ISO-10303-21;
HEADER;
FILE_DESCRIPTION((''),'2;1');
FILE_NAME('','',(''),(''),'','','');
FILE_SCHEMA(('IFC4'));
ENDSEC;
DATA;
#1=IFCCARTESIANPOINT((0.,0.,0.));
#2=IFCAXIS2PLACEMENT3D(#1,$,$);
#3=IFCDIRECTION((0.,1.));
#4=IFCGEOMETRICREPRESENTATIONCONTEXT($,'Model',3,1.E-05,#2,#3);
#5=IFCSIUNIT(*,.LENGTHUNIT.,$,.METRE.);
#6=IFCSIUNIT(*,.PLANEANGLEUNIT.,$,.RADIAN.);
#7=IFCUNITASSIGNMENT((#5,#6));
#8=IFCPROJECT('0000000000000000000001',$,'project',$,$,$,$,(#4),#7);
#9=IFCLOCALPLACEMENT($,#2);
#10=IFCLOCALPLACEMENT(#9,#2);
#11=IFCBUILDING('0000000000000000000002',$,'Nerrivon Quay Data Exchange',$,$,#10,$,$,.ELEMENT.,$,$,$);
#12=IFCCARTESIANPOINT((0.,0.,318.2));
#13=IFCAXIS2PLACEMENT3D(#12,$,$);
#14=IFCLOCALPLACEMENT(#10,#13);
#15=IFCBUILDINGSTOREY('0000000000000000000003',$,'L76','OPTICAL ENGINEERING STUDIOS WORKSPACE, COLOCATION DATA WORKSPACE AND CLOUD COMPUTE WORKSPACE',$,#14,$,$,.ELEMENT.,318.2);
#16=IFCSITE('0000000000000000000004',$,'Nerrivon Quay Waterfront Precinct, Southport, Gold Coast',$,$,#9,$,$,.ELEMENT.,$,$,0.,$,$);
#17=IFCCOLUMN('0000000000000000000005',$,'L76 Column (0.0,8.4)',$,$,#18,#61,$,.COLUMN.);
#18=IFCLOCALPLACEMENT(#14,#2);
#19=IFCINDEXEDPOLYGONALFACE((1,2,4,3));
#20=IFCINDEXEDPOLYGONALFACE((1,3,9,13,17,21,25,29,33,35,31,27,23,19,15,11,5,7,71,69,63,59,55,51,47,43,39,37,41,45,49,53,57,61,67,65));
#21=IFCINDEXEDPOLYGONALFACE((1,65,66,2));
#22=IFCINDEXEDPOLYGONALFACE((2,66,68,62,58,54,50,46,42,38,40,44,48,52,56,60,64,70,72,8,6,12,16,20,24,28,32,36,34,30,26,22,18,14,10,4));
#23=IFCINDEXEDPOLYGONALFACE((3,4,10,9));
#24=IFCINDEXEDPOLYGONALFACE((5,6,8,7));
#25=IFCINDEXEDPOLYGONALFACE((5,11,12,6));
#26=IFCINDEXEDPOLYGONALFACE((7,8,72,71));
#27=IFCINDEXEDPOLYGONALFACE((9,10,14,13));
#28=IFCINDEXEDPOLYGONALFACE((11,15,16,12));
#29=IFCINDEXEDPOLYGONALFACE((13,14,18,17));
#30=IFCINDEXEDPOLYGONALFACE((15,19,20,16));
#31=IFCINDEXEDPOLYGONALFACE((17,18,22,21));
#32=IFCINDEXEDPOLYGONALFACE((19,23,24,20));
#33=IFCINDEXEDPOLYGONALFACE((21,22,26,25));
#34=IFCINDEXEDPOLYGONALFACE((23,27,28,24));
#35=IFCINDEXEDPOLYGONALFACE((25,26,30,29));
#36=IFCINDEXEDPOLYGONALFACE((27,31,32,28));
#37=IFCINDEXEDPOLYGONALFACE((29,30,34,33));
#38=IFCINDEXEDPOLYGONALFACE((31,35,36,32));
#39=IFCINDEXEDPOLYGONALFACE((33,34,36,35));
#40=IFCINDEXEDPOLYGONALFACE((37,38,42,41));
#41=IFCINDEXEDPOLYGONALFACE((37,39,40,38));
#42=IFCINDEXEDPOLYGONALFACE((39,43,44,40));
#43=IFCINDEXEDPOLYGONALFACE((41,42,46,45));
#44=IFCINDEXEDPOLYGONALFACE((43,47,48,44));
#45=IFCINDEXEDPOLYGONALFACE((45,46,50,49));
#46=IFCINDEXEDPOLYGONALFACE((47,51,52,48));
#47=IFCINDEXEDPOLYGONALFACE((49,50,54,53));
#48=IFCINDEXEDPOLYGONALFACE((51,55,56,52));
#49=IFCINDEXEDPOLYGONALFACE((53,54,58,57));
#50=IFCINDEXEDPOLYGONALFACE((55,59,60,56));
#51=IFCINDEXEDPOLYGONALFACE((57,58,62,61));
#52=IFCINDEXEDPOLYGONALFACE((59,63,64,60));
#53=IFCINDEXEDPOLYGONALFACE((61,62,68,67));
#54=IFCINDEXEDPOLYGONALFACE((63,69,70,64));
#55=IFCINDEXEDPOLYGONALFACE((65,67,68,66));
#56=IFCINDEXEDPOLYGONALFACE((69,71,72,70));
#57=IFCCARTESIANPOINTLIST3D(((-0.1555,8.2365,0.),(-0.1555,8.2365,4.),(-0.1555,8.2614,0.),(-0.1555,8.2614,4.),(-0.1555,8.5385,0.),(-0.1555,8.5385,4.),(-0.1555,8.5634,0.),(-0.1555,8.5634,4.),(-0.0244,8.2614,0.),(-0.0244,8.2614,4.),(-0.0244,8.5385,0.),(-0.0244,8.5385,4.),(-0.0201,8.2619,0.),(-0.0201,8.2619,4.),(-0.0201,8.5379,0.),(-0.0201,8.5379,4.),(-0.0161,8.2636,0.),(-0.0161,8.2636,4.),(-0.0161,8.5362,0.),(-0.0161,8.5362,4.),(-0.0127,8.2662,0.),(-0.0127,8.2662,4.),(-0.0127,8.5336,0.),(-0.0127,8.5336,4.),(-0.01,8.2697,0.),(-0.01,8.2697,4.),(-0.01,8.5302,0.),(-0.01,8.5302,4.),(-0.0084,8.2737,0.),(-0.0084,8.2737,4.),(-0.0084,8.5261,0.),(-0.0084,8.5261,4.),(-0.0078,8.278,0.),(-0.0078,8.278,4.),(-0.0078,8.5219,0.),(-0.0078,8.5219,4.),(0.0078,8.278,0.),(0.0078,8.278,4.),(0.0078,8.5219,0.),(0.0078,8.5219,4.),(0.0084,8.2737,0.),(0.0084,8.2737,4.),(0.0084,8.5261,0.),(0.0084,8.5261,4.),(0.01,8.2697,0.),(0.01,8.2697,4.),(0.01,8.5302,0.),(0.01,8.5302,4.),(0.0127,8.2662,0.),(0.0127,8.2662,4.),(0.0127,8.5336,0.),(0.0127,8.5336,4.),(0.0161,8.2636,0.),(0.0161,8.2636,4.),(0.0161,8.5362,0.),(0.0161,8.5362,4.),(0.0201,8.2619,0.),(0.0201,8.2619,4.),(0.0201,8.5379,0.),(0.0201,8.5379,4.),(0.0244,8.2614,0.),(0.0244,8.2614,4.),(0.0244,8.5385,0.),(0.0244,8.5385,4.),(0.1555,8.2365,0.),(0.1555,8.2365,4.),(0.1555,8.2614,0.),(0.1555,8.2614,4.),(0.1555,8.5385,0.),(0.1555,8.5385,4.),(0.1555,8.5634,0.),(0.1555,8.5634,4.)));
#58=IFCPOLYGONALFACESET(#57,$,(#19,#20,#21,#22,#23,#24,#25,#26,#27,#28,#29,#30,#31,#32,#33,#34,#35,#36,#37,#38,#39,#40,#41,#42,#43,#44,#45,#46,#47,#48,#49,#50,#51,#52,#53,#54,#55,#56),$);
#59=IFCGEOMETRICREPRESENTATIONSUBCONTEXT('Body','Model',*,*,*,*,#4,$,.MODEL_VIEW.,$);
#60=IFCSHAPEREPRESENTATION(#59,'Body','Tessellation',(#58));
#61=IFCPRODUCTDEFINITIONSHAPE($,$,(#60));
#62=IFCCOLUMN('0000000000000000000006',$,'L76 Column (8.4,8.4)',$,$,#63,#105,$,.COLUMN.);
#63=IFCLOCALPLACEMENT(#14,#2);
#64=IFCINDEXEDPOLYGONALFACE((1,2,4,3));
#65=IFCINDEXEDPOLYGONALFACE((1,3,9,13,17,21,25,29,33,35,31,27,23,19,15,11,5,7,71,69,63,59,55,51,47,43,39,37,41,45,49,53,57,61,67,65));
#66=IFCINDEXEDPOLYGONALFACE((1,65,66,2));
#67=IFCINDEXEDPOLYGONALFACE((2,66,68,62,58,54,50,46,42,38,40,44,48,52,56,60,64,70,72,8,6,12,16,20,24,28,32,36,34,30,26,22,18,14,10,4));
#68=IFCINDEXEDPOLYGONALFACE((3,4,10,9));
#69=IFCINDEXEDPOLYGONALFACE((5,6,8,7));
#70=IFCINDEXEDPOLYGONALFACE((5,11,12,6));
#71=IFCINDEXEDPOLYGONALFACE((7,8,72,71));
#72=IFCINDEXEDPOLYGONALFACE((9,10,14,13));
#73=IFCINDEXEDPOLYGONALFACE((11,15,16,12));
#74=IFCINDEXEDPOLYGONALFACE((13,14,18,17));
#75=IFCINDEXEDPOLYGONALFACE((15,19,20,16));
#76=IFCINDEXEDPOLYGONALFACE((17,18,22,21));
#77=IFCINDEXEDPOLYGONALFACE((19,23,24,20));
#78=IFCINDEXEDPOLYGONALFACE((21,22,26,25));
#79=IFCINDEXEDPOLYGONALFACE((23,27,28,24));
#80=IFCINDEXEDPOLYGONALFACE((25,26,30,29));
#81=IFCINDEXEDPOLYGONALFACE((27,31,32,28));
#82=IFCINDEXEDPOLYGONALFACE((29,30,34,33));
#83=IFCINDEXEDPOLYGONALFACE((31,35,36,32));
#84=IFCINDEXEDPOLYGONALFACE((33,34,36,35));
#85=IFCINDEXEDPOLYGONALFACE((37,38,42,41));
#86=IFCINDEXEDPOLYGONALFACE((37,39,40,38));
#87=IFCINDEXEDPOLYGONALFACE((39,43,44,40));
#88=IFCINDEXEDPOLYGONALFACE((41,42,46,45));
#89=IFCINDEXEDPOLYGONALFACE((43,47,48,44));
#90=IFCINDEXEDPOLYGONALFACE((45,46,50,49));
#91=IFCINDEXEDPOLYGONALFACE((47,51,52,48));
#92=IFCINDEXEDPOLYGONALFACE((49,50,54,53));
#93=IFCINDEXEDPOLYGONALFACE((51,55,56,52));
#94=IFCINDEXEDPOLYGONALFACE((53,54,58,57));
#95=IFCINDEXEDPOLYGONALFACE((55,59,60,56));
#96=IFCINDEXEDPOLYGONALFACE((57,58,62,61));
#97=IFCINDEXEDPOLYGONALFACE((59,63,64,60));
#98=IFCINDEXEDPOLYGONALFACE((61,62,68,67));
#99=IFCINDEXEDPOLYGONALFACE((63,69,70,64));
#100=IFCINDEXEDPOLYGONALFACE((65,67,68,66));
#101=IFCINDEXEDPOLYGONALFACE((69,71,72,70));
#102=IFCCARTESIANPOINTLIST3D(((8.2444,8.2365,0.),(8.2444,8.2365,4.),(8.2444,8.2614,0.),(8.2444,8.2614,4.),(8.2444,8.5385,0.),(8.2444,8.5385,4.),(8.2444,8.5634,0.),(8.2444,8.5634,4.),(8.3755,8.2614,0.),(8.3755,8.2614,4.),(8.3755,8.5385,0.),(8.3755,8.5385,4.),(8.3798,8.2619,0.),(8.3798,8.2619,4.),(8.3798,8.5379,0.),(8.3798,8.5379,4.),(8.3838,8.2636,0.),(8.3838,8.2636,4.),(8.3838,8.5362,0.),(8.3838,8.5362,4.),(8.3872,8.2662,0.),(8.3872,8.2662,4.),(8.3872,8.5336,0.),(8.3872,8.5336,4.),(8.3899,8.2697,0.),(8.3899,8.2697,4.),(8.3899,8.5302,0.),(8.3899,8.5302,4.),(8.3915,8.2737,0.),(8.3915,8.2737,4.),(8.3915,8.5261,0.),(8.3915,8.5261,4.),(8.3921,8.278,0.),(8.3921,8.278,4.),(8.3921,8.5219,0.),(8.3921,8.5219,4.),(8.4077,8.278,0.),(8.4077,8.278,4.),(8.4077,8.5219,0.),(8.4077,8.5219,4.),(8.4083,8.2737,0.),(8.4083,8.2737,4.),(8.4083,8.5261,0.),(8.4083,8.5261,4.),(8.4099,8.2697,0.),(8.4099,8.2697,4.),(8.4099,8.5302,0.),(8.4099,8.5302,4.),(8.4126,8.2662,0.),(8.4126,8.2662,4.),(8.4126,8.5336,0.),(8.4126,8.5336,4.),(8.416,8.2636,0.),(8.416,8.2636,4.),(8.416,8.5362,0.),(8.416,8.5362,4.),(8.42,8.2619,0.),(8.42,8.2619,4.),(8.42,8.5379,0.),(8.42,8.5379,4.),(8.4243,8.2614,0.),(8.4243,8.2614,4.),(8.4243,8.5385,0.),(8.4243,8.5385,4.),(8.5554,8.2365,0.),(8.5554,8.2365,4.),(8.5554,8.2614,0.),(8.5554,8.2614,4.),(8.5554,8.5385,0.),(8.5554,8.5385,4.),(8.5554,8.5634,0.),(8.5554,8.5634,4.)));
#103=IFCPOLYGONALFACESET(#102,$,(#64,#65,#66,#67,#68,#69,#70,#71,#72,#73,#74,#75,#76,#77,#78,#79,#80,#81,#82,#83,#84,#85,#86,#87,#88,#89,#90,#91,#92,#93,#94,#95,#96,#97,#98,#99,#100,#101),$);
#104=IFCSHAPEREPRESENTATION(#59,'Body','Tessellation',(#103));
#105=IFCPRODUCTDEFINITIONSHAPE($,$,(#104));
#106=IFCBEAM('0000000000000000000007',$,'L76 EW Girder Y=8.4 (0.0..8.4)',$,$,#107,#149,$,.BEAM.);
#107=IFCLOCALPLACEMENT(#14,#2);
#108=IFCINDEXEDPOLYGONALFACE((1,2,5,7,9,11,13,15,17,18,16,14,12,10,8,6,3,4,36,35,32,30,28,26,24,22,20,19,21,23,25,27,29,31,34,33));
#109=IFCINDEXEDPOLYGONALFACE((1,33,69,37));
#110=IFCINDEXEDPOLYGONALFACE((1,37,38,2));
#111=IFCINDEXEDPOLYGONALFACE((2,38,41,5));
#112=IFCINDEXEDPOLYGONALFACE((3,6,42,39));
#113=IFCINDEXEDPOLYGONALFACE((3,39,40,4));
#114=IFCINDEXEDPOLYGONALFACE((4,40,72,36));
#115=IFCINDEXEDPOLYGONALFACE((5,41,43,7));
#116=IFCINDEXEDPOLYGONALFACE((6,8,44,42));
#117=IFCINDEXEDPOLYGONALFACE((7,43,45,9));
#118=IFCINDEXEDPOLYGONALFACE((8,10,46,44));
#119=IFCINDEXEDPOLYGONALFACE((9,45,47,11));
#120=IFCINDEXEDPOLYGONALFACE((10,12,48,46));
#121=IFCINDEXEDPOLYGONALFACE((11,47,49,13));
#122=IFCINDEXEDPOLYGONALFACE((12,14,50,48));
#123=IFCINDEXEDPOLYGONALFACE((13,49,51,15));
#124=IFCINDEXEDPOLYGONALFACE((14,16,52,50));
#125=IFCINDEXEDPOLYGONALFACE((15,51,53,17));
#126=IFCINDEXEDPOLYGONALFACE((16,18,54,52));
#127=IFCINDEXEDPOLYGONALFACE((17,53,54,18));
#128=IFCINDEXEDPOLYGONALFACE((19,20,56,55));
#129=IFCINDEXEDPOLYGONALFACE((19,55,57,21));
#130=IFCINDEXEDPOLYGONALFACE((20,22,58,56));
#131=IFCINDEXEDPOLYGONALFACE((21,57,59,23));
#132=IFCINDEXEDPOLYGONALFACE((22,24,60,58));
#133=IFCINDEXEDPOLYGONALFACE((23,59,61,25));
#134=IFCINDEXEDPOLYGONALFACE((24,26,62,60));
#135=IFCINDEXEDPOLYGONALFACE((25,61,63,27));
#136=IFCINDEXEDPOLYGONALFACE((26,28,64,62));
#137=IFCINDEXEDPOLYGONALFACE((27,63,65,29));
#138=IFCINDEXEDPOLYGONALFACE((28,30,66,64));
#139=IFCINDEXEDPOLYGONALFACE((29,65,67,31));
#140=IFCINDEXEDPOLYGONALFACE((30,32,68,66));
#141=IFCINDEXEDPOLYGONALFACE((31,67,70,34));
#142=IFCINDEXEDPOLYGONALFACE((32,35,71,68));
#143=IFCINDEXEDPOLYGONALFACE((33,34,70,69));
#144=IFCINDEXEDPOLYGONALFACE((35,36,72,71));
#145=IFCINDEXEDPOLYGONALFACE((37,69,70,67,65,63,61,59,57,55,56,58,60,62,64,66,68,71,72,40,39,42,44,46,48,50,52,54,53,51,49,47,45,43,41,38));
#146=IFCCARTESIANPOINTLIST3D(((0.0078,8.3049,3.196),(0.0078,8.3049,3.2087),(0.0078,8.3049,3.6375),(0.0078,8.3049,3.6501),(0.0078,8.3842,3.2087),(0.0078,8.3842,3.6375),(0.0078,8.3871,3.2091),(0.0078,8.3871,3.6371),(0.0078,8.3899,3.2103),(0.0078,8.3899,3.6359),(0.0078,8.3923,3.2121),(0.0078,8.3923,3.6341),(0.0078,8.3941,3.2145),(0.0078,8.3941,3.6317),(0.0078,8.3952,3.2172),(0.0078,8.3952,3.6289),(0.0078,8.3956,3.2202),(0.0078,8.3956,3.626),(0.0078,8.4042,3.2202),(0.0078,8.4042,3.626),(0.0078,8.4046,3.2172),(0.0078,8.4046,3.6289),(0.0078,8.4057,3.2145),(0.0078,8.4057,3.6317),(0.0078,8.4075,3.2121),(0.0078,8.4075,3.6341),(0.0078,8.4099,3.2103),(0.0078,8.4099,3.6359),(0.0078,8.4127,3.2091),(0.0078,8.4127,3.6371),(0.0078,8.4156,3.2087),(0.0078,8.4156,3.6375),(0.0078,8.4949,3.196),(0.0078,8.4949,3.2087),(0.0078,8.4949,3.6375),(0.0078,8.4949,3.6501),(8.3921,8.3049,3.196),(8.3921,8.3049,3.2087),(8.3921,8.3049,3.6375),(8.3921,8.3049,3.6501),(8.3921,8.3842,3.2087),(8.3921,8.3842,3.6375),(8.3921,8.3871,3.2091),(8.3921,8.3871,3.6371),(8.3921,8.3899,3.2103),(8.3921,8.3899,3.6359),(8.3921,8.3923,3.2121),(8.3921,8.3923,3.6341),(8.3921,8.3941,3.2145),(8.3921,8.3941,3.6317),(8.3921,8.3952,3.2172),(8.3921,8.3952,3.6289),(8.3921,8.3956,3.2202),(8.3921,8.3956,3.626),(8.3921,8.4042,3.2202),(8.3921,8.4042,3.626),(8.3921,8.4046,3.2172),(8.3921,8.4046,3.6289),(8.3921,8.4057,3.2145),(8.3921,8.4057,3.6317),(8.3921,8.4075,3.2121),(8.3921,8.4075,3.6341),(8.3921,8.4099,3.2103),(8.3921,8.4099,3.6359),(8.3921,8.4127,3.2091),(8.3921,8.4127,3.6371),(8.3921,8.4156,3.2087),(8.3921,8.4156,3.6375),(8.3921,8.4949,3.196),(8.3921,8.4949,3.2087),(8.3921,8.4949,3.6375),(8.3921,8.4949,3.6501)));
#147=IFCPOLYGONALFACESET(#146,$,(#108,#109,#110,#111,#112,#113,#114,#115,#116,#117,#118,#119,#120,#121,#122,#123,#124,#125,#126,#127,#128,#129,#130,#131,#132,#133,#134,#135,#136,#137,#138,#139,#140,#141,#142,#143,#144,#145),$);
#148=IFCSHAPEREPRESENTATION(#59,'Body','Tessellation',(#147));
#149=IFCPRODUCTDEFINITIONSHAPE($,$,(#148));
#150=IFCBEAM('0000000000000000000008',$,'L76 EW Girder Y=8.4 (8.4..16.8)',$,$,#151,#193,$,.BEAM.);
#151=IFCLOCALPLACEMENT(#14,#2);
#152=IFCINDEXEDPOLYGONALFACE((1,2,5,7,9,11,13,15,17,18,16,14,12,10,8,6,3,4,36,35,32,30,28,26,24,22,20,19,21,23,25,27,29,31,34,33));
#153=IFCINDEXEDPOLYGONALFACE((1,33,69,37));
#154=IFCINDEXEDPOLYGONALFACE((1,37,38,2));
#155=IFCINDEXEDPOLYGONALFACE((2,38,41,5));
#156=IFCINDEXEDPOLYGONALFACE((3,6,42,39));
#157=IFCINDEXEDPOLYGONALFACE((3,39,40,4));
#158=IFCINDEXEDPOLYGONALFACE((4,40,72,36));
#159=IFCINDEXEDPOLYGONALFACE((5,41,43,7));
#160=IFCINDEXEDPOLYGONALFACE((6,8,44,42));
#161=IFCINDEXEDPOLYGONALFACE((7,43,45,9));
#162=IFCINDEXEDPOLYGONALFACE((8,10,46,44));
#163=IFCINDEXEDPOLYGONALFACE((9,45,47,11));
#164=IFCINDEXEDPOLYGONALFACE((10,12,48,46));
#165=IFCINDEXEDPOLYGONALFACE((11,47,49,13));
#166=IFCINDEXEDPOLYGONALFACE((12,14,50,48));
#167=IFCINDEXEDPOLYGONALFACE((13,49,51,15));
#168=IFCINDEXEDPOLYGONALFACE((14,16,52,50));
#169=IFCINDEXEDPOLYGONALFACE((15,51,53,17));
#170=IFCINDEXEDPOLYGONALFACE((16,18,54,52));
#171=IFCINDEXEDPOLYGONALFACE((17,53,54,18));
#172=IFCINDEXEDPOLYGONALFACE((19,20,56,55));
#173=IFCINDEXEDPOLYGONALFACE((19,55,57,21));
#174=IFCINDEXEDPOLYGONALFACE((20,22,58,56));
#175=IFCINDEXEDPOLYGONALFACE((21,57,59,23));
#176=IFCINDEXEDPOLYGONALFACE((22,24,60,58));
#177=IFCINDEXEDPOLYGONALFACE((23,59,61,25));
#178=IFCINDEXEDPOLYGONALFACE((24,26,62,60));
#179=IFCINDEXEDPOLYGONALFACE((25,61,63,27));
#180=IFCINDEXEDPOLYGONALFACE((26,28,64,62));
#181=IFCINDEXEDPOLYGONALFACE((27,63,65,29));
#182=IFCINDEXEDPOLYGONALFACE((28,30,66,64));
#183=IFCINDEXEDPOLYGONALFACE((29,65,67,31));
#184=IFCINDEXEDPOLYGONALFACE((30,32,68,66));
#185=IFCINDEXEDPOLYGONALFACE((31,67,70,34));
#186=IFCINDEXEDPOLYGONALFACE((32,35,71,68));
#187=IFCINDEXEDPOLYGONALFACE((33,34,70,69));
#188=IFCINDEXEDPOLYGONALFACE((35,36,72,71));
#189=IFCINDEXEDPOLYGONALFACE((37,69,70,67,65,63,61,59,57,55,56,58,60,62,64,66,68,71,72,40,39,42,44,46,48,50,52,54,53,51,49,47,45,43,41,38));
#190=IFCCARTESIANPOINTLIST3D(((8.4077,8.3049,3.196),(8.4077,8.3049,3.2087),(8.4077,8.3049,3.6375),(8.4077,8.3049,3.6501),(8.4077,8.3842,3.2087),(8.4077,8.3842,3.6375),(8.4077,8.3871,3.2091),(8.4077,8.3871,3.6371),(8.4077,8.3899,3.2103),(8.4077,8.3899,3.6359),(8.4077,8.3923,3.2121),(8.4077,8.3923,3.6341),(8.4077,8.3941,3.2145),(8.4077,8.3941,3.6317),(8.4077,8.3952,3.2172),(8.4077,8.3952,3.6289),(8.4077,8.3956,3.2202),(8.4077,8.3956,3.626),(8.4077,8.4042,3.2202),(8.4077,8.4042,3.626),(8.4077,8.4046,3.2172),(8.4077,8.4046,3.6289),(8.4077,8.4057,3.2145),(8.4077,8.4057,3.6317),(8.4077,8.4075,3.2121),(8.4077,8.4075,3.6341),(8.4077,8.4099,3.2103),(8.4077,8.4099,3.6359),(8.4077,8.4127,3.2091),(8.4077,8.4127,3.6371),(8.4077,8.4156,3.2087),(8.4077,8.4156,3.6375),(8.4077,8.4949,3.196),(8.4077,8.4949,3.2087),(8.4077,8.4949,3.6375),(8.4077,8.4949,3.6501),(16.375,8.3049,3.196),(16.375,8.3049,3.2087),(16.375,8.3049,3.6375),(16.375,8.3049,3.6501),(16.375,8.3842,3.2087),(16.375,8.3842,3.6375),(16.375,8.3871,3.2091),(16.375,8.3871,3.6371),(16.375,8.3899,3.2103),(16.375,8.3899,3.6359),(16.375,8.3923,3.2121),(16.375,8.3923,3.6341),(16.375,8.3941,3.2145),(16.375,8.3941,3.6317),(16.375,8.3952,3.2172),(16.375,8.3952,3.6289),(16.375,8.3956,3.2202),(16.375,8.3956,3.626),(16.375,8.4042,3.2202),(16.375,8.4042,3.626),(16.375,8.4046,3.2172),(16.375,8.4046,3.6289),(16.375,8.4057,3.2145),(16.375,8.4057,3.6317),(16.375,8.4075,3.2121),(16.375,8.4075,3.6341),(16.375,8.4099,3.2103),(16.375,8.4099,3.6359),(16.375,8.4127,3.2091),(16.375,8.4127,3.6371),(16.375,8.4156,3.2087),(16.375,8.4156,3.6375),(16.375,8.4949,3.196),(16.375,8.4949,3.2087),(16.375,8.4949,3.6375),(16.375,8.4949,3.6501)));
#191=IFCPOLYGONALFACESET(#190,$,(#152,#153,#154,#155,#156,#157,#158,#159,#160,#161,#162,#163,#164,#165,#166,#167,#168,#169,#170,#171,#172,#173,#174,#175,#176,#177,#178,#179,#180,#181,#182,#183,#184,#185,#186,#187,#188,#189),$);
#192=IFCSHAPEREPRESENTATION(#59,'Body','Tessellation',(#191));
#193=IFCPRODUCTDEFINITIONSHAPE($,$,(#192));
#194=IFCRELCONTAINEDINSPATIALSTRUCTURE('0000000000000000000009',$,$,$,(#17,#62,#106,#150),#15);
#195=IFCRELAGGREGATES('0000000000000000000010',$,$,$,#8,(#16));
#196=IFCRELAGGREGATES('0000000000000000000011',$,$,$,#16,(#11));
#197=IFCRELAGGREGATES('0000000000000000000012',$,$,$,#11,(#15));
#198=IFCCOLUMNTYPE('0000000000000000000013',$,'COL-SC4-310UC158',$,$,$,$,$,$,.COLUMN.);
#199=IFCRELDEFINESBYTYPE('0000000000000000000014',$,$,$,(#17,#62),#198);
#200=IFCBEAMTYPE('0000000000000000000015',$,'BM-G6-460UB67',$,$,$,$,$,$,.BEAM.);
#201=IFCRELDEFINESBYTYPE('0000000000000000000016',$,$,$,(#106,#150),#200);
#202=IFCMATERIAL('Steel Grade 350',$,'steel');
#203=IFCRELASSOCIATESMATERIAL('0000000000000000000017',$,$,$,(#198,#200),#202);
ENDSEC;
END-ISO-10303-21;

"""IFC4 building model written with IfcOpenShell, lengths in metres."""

from ifc_helpers import new_model, si_unit, direction, frame, origin, origin_2d, place, context, subcontext, project, spatial, i_section, extrude, material, material_profile, profile_set, type_object, element, save


model = new_model("IFC4")

# Units and contexts
model_context = context("Model", 3, precision=1e-05, world=origin(), true_north=direction((0.0, 1.0)))
body_context = subcontext(model_context, "Body", "Model", "MODEL_VIEW")
ifc_project = project(units=[si_unit("LENGTHUNIT", "METRE"), si_unit("PLANEANGLEUNIT", "RADIAN")], contexts=[model_context])

# Site, building, storey
site_placement = place(None, origin())
site = spatial("IfcSite", under=ifc_project, at=site_placement, Name="Nerrivon Quay Waterfront Precinct, Southport, Gold Coast", CompositionType="ELEMENT", RefElevation=0.0)
building_placement = place(site_placement, origin())
building = spatial("IfcBuilding", under=site, at=building_placement, Name="Nerrivon Quay Data Exchange", CompositionType="ELEMENT")
storey_placement = place(building_placement, frame((0.0, 0.0, 318.2)))
storey = spatial("IfcBuildingStorey", under=building, at=storey_placement, Name="L76", Description="OPTICAL ENGINEERING STUDIOS WORKSPACE, COLOCATION DATA WORKSPACE AND CLOUD COMPUTE WORKSPACE", CompositionType="ELEMENT", Elevation=318.2)

# Columns
ifc_material_1 = material(Name="Steel Grade 350", Category="steel")
ifc_material_profile_1 = material_profile(ifc_material_1, i_section(OverallWidth=0.311, OverallDepth=0.3269, WebThickness=0.0156, FlangeThickness=0.0249, FilletRadius=0.0166, at=origin_2d()), Name="310UC158")
ifc_profile_set_1 = profile_set([ifc_material_profile_1], Name="Steel Grade 350")
column_type = type_object("IfcColumnType", Name="COL-SC4-310UC158", PredefinedType="COLUMN", material=ifc_profile_set_1)
for number, where, z_axis, x_axis, name in (
    (1, (0.0, 8.3999, 0.0), (0.0, 0.0, 1.0), (1.0, 0.0, 0.0), "L76 Column (0.0,8.4)"),
    (2, (8.3999, 8.3999, 0.0), (0.0, 0.0, 1.0), (1.0, 0.0, 0.0), "L76 Column (8.4,8.4)"),
):
    element("IfcColumn", number, at=place(storey_placement, frame(where, z_axis=z_axis, x_axis=x_axis)), inside=storey, type_object=column_type, Name=name, PredefinedType="COLUMN", context=body_context, shape_type="SweptSolid", body=[
        extrude(i_section(OverallWidth=0.311, OverallDepth=0.3269, WebThickness=0.0156, FlangeThickness=0.0249, FilletRadius=0.0166, at=origin_2d()), origin(), (0.0, 0.0, 1.0), 4.0),
    ])

# Beams
ifc_material_profile_2 = material_profile(ifc_material_1, i_section(OverallWidth=0.1899, OverallDepth=0.4541, WebThickness=0.0085, FlangeThickness=0.0127, FilletRadius=0.0115, at=origin_2d()), Name="460UB67.1")
ifc_profile_set_2 = profile_set([ifc_material_profile_2], Name="Steel Grade 350")
beam_type_1 = type_object("IfcBeamType", Name="BM-G6-460UB67", PredefinedType="BEAM", material=ifc_profile_set_2)
beam_1_placement = place(storey_placement, frame((0.0078, 8.3999, 3.4231), z_axis=(1.0, 0.0, 0.0), x_axis=(0.0, 1.0, 0.0)))
element("IfcBeam", 3, at=beam_1_placement, inside=storey, type_object=beam_type_1, Name="L76 EW Girder Y=8.4 (0.0..8.4)", PredefinedType="BEAM", context=body_context, shape_type="SweptSolid", body=[
    extrude(i_section(OverallWidth=0.1899, OverallDepth=0.4541, WebThickness=0.0085, FlangeThickness=0.0127, FilletRadius=0.0115, at=origin_2d()), origin(), (0.0, 0.0, 1.0), 8.3843),
])
beam_2_placement = place(storey_placement, frame((8.4077, 8.3999, 3.4231), z_axis=(1.0, 0.0, 0.0), x_axis=(0.0, 1.0, 0.0)))
element("IfcBeam", 4, at=beam_2_placement, inside=storey, type_object=beam_type_1, Name="L76 EW Girder Y=8.4 (8.4..16.8)", PredefinedType="BEAM", context=body_context, shape_type="SweptSolid", body=[
    extrude(i_section(OverallWidth=0.1899, OverallDepth=0.4541, WebThickness=0.0085, FlangeThickness=0.0127, FilletRadius=0.0115, at=origin_2d()), origin(), (0.0, 0.0, 1.0), 7.9673),
])

save(model, "model.ifc")
